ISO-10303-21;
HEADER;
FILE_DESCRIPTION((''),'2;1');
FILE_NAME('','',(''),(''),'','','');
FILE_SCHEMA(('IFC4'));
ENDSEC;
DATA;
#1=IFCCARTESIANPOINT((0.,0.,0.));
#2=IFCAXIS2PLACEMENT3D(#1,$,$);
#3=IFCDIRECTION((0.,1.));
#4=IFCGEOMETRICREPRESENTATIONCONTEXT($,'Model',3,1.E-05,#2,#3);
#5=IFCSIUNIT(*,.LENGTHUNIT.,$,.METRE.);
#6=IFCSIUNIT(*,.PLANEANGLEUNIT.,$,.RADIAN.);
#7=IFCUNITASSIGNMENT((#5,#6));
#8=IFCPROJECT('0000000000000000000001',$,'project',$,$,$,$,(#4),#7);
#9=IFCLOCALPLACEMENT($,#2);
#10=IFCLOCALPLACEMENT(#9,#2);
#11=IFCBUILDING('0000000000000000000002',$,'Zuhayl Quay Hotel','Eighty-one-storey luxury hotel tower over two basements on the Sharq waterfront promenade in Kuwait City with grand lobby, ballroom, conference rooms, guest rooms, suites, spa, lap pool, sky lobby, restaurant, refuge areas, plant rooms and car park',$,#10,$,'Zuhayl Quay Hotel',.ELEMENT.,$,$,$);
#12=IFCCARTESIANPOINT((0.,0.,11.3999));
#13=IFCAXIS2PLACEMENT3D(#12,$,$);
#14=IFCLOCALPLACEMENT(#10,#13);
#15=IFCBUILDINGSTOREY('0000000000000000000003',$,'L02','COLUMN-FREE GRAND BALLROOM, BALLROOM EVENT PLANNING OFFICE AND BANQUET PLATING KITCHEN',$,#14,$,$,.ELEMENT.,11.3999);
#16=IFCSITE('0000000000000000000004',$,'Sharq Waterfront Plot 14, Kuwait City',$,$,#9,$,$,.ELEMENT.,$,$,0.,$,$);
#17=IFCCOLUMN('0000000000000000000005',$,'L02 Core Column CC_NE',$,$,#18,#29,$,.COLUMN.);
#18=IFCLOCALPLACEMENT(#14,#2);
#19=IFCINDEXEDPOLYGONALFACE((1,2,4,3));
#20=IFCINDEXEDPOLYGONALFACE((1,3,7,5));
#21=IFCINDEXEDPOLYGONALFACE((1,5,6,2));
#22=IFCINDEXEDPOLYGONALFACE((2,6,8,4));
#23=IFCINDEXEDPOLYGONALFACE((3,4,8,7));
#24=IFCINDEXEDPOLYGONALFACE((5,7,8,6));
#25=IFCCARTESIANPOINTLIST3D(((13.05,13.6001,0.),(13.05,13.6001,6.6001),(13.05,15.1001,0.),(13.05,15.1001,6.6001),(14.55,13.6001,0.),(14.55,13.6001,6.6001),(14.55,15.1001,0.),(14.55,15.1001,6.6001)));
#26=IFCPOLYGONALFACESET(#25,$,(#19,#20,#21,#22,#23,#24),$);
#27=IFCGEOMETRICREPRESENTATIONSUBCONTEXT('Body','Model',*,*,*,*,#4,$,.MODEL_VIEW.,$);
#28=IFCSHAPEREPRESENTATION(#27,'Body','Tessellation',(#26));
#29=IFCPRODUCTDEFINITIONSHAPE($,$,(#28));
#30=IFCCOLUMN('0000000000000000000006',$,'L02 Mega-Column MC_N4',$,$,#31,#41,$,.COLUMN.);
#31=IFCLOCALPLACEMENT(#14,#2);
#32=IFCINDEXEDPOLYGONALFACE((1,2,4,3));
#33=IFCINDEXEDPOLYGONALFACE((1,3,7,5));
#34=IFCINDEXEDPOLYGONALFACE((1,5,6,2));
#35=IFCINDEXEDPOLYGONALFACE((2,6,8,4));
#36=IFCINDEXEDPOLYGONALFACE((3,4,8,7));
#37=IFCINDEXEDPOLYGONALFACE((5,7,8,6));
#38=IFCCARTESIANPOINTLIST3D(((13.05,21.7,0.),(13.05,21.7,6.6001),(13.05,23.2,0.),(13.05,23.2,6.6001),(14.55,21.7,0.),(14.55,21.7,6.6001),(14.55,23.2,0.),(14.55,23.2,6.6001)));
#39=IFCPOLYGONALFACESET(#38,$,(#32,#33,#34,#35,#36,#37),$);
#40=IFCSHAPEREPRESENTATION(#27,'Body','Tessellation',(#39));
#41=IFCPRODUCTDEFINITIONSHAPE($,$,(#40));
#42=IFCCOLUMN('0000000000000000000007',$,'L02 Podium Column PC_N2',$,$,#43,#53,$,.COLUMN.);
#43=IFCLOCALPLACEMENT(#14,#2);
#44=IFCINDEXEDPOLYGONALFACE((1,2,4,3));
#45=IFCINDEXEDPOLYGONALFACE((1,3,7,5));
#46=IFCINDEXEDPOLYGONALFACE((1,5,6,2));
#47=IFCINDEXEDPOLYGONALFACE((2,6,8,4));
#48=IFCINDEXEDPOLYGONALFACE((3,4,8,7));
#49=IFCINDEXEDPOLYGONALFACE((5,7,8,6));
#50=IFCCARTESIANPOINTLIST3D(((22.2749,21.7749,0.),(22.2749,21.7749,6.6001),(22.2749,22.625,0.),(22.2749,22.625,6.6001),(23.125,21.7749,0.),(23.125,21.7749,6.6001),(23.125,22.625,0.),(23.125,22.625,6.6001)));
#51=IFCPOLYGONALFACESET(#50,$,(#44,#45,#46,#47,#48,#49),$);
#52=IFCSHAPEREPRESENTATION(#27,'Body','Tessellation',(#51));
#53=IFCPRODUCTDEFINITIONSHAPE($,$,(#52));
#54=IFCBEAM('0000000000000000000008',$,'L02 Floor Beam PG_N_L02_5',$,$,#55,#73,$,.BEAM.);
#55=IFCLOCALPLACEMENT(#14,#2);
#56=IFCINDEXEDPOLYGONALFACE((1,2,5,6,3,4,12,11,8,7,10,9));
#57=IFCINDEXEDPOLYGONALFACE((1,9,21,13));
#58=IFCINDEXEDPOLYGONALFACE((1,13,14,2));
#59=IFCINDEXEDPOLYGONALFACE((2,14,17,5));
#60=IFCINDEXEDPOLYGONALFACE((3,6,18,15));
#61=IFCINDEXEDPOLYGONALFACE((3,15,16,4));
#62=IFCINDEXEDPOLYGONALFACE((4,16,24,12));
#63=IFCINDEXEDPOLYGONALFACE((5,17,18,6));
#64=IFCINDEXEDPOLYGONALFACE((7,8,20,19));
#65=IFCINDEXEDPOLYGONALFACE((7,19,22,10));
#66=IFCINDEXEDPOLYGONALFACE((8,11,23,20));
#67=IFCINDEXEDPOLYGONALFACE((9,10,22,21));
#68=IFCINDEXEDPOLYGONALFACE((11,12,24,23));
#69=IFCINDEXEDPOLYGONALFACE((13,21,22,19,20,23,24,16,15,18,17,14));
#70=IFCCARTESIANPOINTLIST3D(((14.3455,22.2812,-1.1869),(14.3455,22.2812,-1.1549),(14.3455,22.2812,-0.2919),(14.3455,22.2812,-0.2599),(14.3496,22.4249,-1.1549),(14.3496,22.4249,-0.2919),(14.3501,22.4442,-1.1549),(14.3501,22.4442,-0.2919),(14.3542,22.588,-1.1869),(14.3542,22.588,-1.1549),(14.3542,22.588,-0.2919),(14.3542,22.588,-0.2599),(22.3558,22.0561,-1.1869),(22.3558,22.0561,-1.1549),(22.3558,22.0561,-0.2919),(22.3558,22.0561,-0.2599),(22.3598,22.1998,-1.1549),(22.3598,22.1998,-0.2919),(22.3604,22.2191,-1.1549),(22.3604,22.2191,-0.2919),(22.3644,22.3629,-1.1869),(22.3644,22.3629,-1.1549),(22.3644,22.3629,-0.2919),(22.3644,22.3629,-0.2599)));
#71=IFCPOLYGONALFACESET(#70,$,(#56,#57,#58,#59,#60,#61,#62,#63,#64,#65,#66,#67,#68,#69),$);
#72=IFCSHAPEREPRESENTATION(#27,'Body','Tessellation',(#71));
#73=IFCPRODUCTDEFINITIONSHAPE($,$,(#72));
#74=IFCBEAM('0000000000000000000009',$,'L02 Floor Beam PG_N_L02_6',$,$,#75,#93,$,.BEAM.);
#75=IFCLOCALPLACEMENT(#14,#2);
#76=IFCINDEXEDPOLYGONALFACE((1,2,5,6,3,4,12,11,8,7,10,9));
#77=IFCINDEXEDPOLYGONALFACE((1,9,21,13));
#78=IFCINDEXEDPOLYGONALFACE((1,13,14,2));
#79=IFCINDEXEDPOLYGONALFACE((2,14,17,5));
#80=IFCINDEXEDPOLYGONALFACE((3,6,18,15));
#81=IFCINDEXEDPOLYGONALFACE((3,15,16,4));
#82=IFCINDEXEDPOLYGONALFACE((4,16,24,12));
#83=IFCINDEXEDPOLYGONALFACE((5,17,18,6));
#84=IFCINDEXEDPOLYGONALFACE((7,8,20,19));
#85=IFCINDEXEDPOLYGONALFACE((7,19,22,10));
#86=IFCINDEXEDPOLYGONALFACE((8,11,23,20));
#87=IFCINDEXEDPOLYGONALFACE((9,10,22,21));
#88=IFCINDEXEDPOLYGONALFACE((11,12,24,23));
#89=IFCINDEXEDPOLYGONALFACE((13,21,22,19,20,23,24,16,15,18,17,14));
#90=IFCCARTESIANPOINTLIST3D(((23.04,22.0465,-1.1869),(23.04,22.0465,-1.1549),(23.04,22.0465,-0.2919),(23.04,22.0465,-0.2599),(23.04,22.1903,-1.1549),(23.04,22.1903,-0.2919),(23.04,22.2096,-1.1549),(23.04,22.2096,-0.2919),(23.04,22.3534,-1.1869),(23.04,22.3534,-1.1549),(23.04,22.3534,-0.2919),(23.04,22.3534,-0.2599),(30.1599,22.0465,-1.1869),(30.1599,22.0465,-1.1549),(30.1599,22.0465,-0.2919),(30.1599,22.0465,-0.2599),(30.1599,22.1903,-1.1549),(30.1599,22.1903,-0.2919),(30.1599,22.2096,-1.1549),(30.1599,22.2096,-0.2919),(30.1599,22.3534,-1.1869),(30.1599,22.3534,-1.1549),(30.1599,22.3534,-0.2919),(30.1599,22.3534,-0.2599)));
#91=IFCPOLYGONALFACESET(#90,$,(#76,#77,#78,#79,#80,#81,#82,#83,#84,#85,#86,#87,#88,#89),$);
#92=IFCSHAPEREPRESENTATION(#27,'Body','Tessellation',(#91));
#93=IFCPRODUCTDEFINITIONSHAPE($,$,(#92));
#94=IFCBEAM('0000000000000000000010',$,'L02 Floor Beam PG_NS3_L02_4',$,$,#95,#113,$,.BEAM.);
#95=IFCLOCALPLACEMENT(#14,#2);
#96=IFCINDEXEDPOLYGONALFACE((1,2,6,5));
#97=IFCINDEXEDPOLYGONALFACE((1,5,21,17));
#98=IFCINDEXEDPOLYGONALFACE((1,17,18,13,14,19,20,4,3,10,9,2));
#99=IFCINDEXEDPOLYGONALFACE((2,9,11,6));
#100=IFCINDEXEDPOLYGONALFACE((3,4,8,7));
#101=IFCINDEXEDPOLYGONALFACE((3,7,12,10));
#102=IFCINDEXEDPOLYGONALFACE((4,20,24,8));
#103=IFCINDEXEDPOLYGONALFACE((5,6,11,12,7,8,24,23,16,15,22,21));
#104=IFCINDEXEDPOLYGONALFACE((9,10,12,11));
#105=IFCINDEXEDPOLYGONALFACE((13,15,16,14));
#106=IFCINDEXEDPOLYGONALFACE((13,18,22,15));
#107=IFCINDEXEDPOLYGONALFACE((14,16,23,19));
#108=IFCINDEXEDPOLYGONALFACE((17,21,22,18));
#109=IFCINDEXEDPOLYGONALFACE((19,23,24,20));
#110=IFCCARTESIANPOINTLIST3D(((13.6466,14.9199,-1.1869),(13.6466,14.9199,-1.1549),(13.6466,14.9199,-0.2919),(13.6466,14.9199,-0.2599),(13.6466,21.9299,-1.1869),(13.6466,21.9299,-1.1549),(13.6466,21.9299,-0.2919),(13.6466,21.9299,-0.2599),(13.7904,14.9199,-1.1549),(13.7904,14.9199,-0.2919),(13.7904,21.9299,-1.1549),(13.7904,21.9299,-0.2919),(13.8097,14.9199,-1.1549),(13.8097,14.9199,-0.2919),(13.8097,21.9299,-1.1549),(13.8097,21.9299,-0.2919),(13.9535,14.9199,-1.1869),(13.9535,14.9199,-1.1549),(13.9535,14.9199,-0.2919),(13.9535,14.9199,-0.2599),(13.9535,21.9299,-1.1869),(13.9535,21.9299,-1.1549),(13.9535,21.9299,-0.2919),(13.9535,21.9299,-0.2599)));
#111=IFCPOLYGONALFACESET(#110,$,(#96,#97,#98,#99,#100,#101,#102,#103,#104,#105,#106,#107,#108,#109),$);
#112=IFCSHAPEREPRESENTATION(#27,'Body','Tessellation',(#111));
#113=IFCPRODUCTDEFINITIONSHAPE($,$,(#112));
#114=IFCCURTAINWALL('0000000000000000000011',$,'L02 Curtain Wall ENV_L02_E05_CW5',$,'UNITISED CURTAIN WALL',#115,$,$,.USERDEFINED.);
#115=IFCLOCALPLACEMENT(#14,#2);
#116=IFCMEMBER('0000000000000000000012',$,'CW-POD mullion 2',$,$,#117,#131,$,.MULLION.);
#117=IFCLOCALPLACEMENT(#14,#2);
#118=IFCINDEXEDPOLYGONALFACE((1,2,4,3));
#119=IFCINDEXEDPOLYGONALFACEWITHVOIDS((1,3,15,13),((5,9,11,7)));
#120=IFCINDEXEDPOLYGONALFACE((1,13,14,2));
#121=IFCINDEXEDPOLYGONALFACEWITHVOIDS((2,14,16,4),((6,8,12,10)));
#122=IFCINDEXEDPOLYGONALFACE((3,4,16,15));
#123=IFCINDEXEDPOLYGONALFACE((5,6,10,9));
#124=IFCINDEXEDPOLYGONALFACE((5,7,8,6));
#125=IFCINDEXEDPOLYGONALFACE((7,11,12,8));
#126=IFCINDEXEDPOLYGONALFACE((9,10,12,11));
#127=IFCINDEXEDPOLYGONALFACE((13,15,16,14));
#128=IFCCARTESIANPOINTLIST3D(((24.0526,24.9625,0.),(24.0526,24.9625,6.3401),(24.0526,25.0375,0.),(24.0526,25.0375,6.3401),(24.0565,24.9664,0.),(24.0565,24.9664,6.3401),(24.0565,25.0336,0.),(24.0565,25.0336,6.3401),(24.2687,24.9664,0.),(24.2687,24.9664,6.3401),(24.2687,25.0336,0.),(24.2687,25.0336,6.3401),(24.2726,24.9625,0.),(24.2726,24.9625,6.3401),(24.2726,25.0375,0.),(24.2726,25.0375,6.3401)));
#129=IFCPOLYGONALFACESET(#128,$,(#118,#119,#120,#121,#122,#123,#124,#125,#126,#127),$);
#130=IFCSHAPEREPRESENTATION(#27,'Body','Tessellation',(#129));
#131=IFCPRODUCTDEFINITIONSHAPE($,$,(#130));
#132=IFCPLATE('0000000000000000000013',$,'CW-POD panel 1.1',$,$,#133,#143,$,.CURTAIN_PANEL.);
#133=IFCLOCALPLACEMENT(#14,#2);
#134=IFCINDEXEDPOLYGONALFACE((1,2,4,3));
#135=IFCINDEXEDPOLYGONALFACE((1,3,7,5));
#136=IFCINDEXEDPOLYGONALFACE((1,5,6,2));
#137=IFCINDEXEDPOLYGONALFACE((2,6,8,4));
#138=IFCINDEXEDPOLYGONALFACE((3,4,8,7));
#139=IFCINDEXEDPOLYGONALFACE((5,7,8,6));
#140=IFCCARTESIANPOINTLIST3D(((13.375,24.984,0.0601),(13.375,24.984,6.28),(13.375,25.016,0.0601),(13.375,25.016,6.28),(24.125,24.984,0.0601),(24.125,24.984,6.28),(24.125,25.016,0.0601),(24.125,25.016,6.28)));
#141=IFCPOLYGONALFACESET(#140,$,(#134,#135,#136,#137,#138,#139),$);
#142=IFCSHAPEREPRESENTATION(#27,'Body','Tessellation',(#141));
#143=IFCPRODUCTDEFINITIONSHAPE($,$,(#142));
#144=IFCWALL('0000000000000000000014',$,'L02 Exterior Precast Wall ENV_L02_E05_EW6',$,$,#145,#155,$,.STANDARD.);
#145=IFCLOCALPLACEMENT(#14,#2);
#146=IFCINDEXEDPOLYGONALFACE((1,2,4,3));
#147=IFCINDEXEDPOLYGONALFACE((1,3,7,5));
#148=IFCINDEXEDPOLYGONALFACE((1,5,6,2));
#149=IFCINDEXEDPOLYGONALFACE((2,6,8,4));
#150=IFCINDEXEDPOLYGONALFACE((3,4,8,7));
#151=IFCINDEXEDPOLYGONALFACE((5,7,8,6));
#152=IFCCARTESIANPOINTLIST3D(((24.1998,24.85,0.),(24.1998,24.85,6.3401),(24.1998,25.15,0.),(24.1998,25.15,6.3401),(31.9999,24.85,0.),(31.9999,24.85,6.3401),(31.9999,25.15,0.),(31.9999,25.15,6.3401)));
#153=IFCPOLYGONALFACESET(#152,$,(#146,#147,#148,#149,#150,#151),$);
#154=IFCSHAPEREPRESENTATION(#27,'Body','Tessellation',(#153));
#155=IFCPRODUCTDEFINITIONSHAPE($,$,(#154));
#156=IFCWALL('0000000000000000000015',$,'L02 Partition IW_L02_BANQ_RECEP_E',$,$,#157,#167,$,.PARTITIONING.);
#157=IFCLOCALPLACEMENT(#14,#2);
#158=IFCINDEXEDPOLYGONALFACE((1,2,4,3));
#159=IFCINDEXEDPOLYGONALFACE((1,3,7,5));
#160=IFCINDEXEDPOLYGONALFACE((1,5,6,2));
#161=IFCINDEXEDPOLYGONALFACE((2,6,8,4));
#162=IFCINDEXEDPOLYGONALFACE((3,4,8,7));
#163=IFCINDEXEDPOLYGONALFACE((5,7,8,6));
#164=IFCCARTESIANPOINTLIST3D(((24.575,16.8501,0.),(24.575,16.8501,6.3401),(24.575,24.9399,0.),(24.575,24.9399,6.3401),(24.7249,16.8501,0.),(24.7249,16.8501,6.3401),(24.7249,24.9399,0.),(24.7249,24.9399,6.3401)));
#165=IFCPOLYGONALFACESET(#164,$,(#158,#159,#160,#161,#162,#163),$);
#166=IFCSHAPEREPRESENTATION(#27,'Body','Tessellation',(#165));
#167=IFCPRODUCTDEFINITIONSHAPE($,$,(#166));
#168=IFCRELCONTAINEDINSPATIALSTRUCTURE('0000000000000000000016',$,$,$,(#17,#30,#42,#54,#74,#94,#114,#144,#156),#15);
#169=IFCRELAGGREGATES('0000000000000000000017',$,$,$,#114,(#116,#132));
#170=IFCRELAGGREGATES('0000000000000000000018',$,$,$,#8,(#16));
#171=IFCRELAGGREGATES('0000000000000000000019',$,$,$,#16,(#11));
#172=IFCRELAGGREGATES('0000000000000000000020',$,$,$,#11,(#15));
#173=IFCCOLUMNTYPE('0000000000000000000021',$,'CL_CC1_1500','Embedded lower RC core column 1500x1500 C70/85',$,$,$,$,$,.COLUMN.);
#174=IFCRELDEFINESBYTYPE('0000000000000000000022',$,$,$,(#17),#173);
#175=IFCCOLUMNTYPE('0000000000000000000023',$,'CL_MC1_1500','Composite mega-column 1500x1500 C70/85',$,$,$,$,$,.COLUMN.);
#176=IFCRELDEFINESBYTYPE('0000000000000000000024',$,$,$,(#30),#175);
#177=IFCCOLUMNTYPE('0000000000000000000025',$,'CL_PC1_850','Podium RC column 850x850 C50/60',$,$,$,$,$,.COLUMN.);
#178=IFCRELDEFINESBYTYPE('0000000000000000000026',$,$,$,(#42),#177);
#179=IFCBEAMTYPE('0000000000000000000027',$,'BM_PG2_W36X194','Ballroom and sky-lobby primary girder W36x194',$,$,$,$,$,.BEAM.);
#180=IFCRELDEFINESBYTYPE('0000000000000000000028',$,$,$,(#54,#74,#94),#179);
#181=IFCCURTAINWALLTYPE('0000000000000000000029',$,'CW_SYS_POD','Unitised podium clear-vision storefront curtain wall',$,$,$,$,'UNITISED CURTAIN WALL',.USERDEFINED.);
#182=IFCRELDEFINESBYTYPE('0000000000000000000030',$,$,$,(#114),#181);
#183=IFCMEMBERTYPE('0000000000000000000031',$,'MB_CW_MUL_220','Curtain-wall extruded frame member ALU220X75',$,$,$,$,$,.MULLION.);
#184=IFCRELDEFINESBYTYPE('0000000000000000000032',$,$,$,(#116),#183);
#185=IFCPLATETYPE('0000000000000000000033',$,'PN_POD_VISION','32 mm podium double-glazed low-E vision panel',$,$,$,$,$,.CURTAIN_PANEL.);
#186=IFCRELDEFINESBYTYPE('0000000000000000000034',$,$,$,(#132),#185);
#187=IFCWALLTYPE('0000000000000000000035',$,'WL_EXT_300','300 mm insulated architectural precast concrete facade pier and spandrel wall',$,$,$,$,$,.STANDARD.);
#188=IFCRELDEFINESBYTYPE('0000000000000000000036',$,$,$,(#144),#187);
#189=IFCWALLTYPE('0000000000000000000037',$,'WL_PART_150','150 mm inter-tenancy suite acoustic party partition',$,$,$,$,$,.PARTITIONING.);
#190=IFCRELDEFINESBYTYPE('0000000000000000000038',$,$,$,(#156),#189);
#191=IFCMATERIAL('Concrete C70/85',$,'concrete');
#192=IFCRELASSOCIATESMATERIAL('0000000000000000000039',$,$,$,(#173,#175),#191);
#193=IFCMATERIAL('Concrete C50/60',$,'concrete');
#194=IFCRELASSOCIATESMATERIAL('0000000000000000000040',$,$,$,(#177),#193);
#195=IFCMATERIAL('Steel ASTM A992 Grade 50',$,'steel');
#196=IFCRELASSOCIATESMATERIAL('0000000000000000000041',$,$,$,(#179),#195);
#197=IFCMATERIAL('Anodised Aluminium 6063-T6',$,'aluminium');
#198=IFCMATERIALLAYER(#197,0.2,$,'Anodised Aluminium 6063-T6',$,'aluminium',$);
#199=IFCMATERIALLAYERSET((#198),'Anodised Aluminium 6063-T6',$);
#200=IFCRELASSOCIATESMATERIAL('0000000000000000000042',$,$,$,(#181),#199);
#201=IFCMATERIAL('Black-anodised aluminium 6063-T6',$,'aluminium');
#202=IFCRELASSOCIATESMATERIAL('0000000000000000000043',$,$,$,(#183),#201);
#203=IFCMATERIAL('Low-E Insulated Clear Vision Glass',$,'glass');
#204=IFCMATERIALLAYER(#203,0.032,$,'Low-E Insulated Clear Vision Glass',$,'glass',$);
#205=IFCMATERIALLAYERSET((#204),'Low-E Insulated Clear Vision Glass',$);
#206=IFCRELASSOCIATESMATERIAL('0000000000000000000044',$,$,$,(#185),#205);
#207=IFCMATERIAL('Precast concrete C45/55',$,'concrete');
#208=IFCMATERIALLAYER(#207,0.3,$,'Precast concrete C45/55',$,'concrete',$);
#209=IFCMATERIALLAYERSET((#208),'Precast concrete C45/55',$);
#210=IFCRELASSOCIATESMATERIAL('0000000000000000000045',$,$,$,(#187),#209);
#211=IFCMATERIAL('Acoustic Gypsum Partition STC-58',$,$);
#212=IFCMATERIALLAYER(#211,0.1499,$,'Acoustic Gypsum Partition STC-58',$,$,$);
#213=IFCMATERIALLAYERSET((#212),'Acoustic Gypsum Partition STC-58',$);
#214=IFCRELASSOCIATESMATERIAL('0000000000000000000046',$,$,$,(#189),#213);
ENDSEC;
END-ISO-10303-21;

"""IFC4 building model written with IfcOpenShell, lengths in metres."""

from ifc_helpers import new_model, si_unit, direction, frame, frame_2d, origin, origin_2d, place, context, subcontext, project, spatial, rectangle, hollow_rectangle, i_section, extrude, material, layer, layer_set, material_profile, profile_set, type_object, element, aggregate, save


model = new_model("IFC4")

# Units and contexts
model_context = context("Model", 3, precision=1e-05, world=origin(), true_north=direction((0.0, 1.0)))
body_context = subcontext(model_context, "Body", "Model", "MODEL_VIEW")
ifc_project = project(units=[si_unit("LENGTHUNIT", "METRE"), si_unit("PLANEANGLEUNIT", "RADIAN")], contexts=[model_context])

# Site, building, storey
site_placement = place(None, origin())
site = spatial("IfcSite", under=ifc_project, at=site_placement, Name="Sharq Waterfront Plot 14, Kuwait City", CompositionType="ELEMENT", RefElevation=0.0)
building_placement = place(site_placement, origin())
building = spatial("IfcBuilding", under=site, at=building_placement, Name="Zuhayl Quay Hotel", Description="Eighty-one-storey luxury hotel tower over two basements on the Sharq waterfront promenade in Kuwait City with grand lobby, ballroom, conference rooms, guest rooms, suites, spa, lap pool, sky lobby, restaurant, refuge areas, plant rooms and car park", LongName="Zuhayl Quay Hotel", CompositionType="ELEMENT")
storey_placement = place(building_placement, frame((0.0, 0.0, 11.3999)))
storey = spatial("IfcBuildingStorey", under=building, at=storey_placement, Name="L02", Description="COLUMN-FREE GRAND BALLROOM, BALLROOM EVENT PLANNING OFFICE AND BANQUET PLATING KITCHEN", CompositionType="ELEMENT", Elevation=11.3999)

# Columns
ifc_material_1 = material(Name="Concrete C70/85", Category="concrete")
ifc_material_profile_1 = material_profile(ifc_material_1, rectangle(XDim=1.5, YDim=1.5, at=origin_2d()), Name="RC1500X1500")
ifc_profile_set_1 = profile_set([ifc_material_profile_1], Name="Concrete C70/85")
column_type_1 = type_object("IfcColumnType", Name="CL_CC1_1500", Description="Embedded lower RC core column 1500x1500 C70/85", PredefinedType="COLUMN", material=ifc_profile_set_1)
column_1_placement = place(storey_placement, frame((13.8, 14.3501, 0.0), z_axis=(0.0, 0.0, 1.0), x_axis=(1.0, 0.0, 0.0)))
element("IfcColumn", 1, at=column_1_placement, inside=storey, type_object=column_type_1, Name="L02 Core Column CC_NE", PredefinedType="COLUMN", context=body_context, shape_type="SweptSolid", body=[
    extrude(rectangle(XDim=1.5, YDim=1.5, at=origin_2d()), origin(), (0.0, 0.0, 1.0), 6.6001),
])
ifc_material_profile_2 = material_profile(ifc_material_1, rectangle(XDim=1.5, YDim=1.5, at=origin_2d()), Name="RC1500X1500")
ifc_profile_set_2 = profile_set([ifc_material_profile_2], Name="Concrete C70/85")
column_type_2 = type_object("IfcColumnType", Name="CL_MC1_1500", Description="Composite mega-column 1500x1500 C70/85", PredefinedType="COLUMN", material=ifc_profile_set_2)
column_2_placement = place(storey_placement, frame((13.8, 22.45, 0.0), z_axis=(0.0, 0.0, 1.0), x_axis=(1.0, 0.0, 0.0)))
element("IfcColumn", 2, at=column_2_placement, inside=storey, type_object=column_type_2, Name="L02 Mega-Column MC_N4", PredefinedType="COLUMN", context=body_context, shape_type="SweptSolid", body=[
    extrude(rectangle(XDim=1.5, YDim=1.5, at=origin_2d()), origin(), (0.0, 0.0, 1.0), 6.6001),
])
ifc_material_2 = material(Name="Concrete C50/60", Category="concrete")
ifc_material_profile_3 = material_profile(ifc_material_2, rectangle(XDim=0.8501, YDim=0.8501, at=origin_2d()), Name="RC850X850")
ifc_profile_set_3 = profile_set([ifc_material_profile_3], Name="Concrete C50/60")
column_type_3 = type_object("IfcColumnType", Name="CL_PC1_850", Description="Podium RC column 850x850 C50/60", PredefinedType="COLUMN", material=ifc_profile_set_3)
column_3_placement = place(storey_placement, frame((22.7, 22.2, 0.0), z_axis=(0.0, 0.0, 1.0), x_axis=(1.0, 0.0, 0.0)))
element("IfcColumn", 3, at=column_3_placement, inside=storey, type_object=column_type_3, Name="L02 Podium Column PC_N2", PredefinedType="COLUMN", context=body_context, shape_type="SweptSolid", body=[
    extrude(rectangle(XDim=0.8501, YDim=0.8501, at=origin_2d()), origin(), (0.0, 0.0, 1.0), 6.6001),
])

# Beams
ifc_material_3 = material(Name="Steel ASTM A992 Grade 50", Category="steel")
ifc_material_profile_4 = material_profile(ifc_material_3, i_section(OverallWidth=0.3069, OverallDepth=0.927, WebThickness=0.0193, FlangeThickness=0.032, at=origin_2d()), Name="W36X194")
ifc_profile_set_4 = profile_set([ifc_material_profile_4], Name="Steel ASTM A992 Grade 50")
beam_type = type_object("IfcBeamType", Name="BM_PG2_W36X194", Description="Ballroom and sky-lobby primary girder W36x194", PredefinedType="BEAM", material=ifc_profile_set_4)
beam_1_placement = place(storey_placement, frame((14.3499, 22.4346, -0.7234), z_axis=(0.999605, -0.02809, 0.0), x_axis=(0.02809, 0.999605, 0.0)))
element("IfcBeam", 4, at=beam_1_placement, inside=storey, type_object=beam_type, Name="L02 Floor Beam PG_N_L02_5", PredefinedType="BEAM", context=body_context, shape_type="SweptSolid", body=[
    extrude(i_section(OverallWidth=0.3069, OverallDepth=0.927, WebThickness=0.0193, FlangeThickness=0.032, at=origin_2d()), origin(), (0.0, 0.0, 1.0), 8.0134),
])
beam_2_placement = place(storey_placement, frame((23.04, 22.2, -0.7234), z_axis=(1.0, 0.0, 0.0), x_axis=(0.0, 1.0, 0.0)))
element("IfcBeam", 5, at=beam_2_placement, inside=storey, type_object=beam_type, Name="L02 Floor Beam PG_N_L02_6", PredefinedType="BEAM", context=body_context, shape_type="SweptSolid", body=[
    extrude(i_section(OverallWidth=0.3069, OverallDepth=0.927, WebThickness=0.0193, FlangeThickness=0.032, at=origin_2d()), origin(), (0.0, 0.0, 1.0), 7.1199),
])
beam_3_placement = place(storey_placement, frame((13.8, 14.9199, -0.7234), z_axis=(0.0, 1.0, 0.0), x_axis=(-1.0, 0.0, 0.0)))
element("IfcBeam", 6, at=beam_3_placement, inside=storey, type_object=beam_type, Name="L02 Floor Beam PG_NS3_L02_4", PredefinedType="BEAM", context=body_context, shape_type="SweptSolid", body=[
    extrude(i_section(OverallWidth=0.3069, OverallDepth=0.927, WebThickness=0.0193, FlangeThickness=0.032, at=origin_2d()), origin(), (0.0, 0.0, 1.0), 7.01),
])

# Curtain wall, member, plate
ifc_material_4 = material(Name="Anodised Aluminium 6063-T6", Category="aluminium")
ifc_layer_1 = layer(ifc_material_4, 0.2, Name="Anodised Aluminium 6063-T6", Category="aluminium")
ifc_layer_set_1 = layer_set([ifc_layer_1], Name="Anodised Aluminium 6063-T6")
curtain_wall_type = type_object("IfcCurtainWallType", Name="CW_SYS_POD", Description="Unitised podium clear-vision storefront curtain wall", ElementType="UNITISED CURTAIN WALL", PredefinedType="USERDEFINED", material=ifc_layer_set_1)
curtain_wall_placement = place(storey_placement, origin())
curtain_wall = element("IfcCurtainWall", 7, at=curtain_wall_placement, inside=storey, type_object=curtain_wall_type, Name="L02 Curtain Wall ENV_L02_E05_CW5", ObjectType="UNITISED CURTAIN WALL", PredefinedType="USERDEFINED")
ifc_material_5 = material(Name="Black-anodised aluminium 6063-T6", Category="aluminium")
ifc_material_profile_5 = material_profile(ifc_material_5, hollow_rectangle(XDim=0.075, YDim=0.22, WallThickness=0.0039, at=origin_2d()), Name="ALU220X75")
ifc_profile_set_5 = profile_set([ifc_material_profile_5], Name="Black-anodised aluminium 6063-T6")
member_type = type_object("IfcMemberType", Name="MB_CW_MUL_220", Description="Curtain-wall extruded frame member ALU220X75", PredefinedType="MULLION", material=ifc_profile_set_5)
member_placement = place(storey_placement, frame((24.1626, 25.0, 0.0), z_axis=(0.0, 0.0, 1.0), x_axis=(0.0, 1.0, 0.0)))
member = element("IfcMember", 8, at=member_placement, type_object=member_type, Name="CW-POD mullion 2", PredefinedType="MULLION", context=body_context, shape_type="SweptSolid", body=[
    extrude(hollow_rectangle(XDim=0.075, YDim=0.22, WallThickness=0.0039, at=origin_2d()), origin(), (0.0, 0.0, 1.0), 6.3401),
])
ifc_material_6 = material(Name="Low-E Insulated Clear Vision Glass", Category="glass")
ifc_layer_2 = layer(ifc_material_6, 0.032, Name="Low-E Insulated Clear Vision Glass", Category="glass")
ifc_layer_set_2 = layer_set([ifc_layer_2], Name="Low-E Insulated Clear Vision Glass")
plate_type = type_object("IfcPlateType", Name="PN_POD_VISION", Description="32 mm podium double-glazed low-E vision panel", PredefinedType="CURTAIN_PANEL", material=ifc_layer_set_2)
plate_placement = place(storey_placement, frame((18.75, 25.0, 0.0601), z_axis=(0.0, 0.0, 1.0), x_axis=(1.0, 0.0, 0.0)))
plate = element("IfcPlate", 9, at=plate_placement, type_object=plate_type, Name="CW-POD panel 1.1", PredefinedType="CURTAIN_PANEL", context=body_context, shape_type="SweptSolid", body=[
    extrude(rectangle(XDim=10.75, YDim=0.032, at=origin_2d()), origin(), (0.0, 0.0, 1.0), 6.22),
])
aggregate(curtain_wall, [member, plate])

# Walls
ifc_material_7 = material(Name="Precast concrete C45/55", Category="concrete")
ifc_layer_3 = layer(ifc_material_7, 0.3, Name="Precast concrete C45/55", Category="concrete")
ifc_layer_set_3 = layer_set([ifc_layer_3], Name="Precast concrete C45/55")
wall_type_1 = type_object("IfcWallType", Name="WL_EXT_300", Description="300 mm insulated architectural precast concrete facade pier and spandrel wall", PredefinedType="STANDARD", material=ifc_layer_set_3)
wall_1_placement = place(storey_placement, frame((24.2, 25.0, 0.0), z_axis=(0.0, 0.0, 1.0), x_axis=(1.0, 0.0, 0.0)))
element("IfcWall", 10, at=wall_1_placement, inside=storey, type_object=wall_type_1, Name="L02 Exterior Precast Wall ENV_L02_E05_EW6", PredefinedType="STANDARD", context=body_context, shape_type="SweptSolid", body=[
    extrude(rectangle(XDim=7.8, YDim=0.3, at=frame_2d((3.8999, 0.0))), origin(), (0.0, 0.0, 1.0), 6.3401),
])
ifc_material_8 = material(Name="Acoustic Gypsum Partition STC-58")
ifc_layer_4 = layer(ifc_material_8, 0.1499, Name="Acoustic Gypsum Partition STC-58")
ifc_layer_set_4 = layer_set([ifc_layer_4], Name="Acoustic Gypsum Partition STC-58")
wall_type_2 = type_object("IfcWallType", Name="WL_PART_150", Description="150 mm inter-tenancy suite acoustic party partition", PredefinedType="PARTITIONING", material=ifc_layer_set_4)
wall_2_placement = place(storey_placement, frame((24.6499, 16.8501, 0.0), z_axis=(0.0, 0.0, 1.0), x_axis=(0.0, 1.0, 0.0)))
element("IfcWall", 11, at=wall_2_placement, inside=storey, type_object=wall_type_2, Name="L02 Partition IW_L02_BANQ_RECEP_E", PredefinedType="PARTITIONING", context=body_context, shape_type="SweptSolid", body=[
    extrude(rectangle(XDim=8.0898, YDim=0.1499, at=frame_2d((4.0449, 0.0))), origin(), (0.0, 0.0, 1.0), 6.3401),
])

save(model, "model.ifc")
